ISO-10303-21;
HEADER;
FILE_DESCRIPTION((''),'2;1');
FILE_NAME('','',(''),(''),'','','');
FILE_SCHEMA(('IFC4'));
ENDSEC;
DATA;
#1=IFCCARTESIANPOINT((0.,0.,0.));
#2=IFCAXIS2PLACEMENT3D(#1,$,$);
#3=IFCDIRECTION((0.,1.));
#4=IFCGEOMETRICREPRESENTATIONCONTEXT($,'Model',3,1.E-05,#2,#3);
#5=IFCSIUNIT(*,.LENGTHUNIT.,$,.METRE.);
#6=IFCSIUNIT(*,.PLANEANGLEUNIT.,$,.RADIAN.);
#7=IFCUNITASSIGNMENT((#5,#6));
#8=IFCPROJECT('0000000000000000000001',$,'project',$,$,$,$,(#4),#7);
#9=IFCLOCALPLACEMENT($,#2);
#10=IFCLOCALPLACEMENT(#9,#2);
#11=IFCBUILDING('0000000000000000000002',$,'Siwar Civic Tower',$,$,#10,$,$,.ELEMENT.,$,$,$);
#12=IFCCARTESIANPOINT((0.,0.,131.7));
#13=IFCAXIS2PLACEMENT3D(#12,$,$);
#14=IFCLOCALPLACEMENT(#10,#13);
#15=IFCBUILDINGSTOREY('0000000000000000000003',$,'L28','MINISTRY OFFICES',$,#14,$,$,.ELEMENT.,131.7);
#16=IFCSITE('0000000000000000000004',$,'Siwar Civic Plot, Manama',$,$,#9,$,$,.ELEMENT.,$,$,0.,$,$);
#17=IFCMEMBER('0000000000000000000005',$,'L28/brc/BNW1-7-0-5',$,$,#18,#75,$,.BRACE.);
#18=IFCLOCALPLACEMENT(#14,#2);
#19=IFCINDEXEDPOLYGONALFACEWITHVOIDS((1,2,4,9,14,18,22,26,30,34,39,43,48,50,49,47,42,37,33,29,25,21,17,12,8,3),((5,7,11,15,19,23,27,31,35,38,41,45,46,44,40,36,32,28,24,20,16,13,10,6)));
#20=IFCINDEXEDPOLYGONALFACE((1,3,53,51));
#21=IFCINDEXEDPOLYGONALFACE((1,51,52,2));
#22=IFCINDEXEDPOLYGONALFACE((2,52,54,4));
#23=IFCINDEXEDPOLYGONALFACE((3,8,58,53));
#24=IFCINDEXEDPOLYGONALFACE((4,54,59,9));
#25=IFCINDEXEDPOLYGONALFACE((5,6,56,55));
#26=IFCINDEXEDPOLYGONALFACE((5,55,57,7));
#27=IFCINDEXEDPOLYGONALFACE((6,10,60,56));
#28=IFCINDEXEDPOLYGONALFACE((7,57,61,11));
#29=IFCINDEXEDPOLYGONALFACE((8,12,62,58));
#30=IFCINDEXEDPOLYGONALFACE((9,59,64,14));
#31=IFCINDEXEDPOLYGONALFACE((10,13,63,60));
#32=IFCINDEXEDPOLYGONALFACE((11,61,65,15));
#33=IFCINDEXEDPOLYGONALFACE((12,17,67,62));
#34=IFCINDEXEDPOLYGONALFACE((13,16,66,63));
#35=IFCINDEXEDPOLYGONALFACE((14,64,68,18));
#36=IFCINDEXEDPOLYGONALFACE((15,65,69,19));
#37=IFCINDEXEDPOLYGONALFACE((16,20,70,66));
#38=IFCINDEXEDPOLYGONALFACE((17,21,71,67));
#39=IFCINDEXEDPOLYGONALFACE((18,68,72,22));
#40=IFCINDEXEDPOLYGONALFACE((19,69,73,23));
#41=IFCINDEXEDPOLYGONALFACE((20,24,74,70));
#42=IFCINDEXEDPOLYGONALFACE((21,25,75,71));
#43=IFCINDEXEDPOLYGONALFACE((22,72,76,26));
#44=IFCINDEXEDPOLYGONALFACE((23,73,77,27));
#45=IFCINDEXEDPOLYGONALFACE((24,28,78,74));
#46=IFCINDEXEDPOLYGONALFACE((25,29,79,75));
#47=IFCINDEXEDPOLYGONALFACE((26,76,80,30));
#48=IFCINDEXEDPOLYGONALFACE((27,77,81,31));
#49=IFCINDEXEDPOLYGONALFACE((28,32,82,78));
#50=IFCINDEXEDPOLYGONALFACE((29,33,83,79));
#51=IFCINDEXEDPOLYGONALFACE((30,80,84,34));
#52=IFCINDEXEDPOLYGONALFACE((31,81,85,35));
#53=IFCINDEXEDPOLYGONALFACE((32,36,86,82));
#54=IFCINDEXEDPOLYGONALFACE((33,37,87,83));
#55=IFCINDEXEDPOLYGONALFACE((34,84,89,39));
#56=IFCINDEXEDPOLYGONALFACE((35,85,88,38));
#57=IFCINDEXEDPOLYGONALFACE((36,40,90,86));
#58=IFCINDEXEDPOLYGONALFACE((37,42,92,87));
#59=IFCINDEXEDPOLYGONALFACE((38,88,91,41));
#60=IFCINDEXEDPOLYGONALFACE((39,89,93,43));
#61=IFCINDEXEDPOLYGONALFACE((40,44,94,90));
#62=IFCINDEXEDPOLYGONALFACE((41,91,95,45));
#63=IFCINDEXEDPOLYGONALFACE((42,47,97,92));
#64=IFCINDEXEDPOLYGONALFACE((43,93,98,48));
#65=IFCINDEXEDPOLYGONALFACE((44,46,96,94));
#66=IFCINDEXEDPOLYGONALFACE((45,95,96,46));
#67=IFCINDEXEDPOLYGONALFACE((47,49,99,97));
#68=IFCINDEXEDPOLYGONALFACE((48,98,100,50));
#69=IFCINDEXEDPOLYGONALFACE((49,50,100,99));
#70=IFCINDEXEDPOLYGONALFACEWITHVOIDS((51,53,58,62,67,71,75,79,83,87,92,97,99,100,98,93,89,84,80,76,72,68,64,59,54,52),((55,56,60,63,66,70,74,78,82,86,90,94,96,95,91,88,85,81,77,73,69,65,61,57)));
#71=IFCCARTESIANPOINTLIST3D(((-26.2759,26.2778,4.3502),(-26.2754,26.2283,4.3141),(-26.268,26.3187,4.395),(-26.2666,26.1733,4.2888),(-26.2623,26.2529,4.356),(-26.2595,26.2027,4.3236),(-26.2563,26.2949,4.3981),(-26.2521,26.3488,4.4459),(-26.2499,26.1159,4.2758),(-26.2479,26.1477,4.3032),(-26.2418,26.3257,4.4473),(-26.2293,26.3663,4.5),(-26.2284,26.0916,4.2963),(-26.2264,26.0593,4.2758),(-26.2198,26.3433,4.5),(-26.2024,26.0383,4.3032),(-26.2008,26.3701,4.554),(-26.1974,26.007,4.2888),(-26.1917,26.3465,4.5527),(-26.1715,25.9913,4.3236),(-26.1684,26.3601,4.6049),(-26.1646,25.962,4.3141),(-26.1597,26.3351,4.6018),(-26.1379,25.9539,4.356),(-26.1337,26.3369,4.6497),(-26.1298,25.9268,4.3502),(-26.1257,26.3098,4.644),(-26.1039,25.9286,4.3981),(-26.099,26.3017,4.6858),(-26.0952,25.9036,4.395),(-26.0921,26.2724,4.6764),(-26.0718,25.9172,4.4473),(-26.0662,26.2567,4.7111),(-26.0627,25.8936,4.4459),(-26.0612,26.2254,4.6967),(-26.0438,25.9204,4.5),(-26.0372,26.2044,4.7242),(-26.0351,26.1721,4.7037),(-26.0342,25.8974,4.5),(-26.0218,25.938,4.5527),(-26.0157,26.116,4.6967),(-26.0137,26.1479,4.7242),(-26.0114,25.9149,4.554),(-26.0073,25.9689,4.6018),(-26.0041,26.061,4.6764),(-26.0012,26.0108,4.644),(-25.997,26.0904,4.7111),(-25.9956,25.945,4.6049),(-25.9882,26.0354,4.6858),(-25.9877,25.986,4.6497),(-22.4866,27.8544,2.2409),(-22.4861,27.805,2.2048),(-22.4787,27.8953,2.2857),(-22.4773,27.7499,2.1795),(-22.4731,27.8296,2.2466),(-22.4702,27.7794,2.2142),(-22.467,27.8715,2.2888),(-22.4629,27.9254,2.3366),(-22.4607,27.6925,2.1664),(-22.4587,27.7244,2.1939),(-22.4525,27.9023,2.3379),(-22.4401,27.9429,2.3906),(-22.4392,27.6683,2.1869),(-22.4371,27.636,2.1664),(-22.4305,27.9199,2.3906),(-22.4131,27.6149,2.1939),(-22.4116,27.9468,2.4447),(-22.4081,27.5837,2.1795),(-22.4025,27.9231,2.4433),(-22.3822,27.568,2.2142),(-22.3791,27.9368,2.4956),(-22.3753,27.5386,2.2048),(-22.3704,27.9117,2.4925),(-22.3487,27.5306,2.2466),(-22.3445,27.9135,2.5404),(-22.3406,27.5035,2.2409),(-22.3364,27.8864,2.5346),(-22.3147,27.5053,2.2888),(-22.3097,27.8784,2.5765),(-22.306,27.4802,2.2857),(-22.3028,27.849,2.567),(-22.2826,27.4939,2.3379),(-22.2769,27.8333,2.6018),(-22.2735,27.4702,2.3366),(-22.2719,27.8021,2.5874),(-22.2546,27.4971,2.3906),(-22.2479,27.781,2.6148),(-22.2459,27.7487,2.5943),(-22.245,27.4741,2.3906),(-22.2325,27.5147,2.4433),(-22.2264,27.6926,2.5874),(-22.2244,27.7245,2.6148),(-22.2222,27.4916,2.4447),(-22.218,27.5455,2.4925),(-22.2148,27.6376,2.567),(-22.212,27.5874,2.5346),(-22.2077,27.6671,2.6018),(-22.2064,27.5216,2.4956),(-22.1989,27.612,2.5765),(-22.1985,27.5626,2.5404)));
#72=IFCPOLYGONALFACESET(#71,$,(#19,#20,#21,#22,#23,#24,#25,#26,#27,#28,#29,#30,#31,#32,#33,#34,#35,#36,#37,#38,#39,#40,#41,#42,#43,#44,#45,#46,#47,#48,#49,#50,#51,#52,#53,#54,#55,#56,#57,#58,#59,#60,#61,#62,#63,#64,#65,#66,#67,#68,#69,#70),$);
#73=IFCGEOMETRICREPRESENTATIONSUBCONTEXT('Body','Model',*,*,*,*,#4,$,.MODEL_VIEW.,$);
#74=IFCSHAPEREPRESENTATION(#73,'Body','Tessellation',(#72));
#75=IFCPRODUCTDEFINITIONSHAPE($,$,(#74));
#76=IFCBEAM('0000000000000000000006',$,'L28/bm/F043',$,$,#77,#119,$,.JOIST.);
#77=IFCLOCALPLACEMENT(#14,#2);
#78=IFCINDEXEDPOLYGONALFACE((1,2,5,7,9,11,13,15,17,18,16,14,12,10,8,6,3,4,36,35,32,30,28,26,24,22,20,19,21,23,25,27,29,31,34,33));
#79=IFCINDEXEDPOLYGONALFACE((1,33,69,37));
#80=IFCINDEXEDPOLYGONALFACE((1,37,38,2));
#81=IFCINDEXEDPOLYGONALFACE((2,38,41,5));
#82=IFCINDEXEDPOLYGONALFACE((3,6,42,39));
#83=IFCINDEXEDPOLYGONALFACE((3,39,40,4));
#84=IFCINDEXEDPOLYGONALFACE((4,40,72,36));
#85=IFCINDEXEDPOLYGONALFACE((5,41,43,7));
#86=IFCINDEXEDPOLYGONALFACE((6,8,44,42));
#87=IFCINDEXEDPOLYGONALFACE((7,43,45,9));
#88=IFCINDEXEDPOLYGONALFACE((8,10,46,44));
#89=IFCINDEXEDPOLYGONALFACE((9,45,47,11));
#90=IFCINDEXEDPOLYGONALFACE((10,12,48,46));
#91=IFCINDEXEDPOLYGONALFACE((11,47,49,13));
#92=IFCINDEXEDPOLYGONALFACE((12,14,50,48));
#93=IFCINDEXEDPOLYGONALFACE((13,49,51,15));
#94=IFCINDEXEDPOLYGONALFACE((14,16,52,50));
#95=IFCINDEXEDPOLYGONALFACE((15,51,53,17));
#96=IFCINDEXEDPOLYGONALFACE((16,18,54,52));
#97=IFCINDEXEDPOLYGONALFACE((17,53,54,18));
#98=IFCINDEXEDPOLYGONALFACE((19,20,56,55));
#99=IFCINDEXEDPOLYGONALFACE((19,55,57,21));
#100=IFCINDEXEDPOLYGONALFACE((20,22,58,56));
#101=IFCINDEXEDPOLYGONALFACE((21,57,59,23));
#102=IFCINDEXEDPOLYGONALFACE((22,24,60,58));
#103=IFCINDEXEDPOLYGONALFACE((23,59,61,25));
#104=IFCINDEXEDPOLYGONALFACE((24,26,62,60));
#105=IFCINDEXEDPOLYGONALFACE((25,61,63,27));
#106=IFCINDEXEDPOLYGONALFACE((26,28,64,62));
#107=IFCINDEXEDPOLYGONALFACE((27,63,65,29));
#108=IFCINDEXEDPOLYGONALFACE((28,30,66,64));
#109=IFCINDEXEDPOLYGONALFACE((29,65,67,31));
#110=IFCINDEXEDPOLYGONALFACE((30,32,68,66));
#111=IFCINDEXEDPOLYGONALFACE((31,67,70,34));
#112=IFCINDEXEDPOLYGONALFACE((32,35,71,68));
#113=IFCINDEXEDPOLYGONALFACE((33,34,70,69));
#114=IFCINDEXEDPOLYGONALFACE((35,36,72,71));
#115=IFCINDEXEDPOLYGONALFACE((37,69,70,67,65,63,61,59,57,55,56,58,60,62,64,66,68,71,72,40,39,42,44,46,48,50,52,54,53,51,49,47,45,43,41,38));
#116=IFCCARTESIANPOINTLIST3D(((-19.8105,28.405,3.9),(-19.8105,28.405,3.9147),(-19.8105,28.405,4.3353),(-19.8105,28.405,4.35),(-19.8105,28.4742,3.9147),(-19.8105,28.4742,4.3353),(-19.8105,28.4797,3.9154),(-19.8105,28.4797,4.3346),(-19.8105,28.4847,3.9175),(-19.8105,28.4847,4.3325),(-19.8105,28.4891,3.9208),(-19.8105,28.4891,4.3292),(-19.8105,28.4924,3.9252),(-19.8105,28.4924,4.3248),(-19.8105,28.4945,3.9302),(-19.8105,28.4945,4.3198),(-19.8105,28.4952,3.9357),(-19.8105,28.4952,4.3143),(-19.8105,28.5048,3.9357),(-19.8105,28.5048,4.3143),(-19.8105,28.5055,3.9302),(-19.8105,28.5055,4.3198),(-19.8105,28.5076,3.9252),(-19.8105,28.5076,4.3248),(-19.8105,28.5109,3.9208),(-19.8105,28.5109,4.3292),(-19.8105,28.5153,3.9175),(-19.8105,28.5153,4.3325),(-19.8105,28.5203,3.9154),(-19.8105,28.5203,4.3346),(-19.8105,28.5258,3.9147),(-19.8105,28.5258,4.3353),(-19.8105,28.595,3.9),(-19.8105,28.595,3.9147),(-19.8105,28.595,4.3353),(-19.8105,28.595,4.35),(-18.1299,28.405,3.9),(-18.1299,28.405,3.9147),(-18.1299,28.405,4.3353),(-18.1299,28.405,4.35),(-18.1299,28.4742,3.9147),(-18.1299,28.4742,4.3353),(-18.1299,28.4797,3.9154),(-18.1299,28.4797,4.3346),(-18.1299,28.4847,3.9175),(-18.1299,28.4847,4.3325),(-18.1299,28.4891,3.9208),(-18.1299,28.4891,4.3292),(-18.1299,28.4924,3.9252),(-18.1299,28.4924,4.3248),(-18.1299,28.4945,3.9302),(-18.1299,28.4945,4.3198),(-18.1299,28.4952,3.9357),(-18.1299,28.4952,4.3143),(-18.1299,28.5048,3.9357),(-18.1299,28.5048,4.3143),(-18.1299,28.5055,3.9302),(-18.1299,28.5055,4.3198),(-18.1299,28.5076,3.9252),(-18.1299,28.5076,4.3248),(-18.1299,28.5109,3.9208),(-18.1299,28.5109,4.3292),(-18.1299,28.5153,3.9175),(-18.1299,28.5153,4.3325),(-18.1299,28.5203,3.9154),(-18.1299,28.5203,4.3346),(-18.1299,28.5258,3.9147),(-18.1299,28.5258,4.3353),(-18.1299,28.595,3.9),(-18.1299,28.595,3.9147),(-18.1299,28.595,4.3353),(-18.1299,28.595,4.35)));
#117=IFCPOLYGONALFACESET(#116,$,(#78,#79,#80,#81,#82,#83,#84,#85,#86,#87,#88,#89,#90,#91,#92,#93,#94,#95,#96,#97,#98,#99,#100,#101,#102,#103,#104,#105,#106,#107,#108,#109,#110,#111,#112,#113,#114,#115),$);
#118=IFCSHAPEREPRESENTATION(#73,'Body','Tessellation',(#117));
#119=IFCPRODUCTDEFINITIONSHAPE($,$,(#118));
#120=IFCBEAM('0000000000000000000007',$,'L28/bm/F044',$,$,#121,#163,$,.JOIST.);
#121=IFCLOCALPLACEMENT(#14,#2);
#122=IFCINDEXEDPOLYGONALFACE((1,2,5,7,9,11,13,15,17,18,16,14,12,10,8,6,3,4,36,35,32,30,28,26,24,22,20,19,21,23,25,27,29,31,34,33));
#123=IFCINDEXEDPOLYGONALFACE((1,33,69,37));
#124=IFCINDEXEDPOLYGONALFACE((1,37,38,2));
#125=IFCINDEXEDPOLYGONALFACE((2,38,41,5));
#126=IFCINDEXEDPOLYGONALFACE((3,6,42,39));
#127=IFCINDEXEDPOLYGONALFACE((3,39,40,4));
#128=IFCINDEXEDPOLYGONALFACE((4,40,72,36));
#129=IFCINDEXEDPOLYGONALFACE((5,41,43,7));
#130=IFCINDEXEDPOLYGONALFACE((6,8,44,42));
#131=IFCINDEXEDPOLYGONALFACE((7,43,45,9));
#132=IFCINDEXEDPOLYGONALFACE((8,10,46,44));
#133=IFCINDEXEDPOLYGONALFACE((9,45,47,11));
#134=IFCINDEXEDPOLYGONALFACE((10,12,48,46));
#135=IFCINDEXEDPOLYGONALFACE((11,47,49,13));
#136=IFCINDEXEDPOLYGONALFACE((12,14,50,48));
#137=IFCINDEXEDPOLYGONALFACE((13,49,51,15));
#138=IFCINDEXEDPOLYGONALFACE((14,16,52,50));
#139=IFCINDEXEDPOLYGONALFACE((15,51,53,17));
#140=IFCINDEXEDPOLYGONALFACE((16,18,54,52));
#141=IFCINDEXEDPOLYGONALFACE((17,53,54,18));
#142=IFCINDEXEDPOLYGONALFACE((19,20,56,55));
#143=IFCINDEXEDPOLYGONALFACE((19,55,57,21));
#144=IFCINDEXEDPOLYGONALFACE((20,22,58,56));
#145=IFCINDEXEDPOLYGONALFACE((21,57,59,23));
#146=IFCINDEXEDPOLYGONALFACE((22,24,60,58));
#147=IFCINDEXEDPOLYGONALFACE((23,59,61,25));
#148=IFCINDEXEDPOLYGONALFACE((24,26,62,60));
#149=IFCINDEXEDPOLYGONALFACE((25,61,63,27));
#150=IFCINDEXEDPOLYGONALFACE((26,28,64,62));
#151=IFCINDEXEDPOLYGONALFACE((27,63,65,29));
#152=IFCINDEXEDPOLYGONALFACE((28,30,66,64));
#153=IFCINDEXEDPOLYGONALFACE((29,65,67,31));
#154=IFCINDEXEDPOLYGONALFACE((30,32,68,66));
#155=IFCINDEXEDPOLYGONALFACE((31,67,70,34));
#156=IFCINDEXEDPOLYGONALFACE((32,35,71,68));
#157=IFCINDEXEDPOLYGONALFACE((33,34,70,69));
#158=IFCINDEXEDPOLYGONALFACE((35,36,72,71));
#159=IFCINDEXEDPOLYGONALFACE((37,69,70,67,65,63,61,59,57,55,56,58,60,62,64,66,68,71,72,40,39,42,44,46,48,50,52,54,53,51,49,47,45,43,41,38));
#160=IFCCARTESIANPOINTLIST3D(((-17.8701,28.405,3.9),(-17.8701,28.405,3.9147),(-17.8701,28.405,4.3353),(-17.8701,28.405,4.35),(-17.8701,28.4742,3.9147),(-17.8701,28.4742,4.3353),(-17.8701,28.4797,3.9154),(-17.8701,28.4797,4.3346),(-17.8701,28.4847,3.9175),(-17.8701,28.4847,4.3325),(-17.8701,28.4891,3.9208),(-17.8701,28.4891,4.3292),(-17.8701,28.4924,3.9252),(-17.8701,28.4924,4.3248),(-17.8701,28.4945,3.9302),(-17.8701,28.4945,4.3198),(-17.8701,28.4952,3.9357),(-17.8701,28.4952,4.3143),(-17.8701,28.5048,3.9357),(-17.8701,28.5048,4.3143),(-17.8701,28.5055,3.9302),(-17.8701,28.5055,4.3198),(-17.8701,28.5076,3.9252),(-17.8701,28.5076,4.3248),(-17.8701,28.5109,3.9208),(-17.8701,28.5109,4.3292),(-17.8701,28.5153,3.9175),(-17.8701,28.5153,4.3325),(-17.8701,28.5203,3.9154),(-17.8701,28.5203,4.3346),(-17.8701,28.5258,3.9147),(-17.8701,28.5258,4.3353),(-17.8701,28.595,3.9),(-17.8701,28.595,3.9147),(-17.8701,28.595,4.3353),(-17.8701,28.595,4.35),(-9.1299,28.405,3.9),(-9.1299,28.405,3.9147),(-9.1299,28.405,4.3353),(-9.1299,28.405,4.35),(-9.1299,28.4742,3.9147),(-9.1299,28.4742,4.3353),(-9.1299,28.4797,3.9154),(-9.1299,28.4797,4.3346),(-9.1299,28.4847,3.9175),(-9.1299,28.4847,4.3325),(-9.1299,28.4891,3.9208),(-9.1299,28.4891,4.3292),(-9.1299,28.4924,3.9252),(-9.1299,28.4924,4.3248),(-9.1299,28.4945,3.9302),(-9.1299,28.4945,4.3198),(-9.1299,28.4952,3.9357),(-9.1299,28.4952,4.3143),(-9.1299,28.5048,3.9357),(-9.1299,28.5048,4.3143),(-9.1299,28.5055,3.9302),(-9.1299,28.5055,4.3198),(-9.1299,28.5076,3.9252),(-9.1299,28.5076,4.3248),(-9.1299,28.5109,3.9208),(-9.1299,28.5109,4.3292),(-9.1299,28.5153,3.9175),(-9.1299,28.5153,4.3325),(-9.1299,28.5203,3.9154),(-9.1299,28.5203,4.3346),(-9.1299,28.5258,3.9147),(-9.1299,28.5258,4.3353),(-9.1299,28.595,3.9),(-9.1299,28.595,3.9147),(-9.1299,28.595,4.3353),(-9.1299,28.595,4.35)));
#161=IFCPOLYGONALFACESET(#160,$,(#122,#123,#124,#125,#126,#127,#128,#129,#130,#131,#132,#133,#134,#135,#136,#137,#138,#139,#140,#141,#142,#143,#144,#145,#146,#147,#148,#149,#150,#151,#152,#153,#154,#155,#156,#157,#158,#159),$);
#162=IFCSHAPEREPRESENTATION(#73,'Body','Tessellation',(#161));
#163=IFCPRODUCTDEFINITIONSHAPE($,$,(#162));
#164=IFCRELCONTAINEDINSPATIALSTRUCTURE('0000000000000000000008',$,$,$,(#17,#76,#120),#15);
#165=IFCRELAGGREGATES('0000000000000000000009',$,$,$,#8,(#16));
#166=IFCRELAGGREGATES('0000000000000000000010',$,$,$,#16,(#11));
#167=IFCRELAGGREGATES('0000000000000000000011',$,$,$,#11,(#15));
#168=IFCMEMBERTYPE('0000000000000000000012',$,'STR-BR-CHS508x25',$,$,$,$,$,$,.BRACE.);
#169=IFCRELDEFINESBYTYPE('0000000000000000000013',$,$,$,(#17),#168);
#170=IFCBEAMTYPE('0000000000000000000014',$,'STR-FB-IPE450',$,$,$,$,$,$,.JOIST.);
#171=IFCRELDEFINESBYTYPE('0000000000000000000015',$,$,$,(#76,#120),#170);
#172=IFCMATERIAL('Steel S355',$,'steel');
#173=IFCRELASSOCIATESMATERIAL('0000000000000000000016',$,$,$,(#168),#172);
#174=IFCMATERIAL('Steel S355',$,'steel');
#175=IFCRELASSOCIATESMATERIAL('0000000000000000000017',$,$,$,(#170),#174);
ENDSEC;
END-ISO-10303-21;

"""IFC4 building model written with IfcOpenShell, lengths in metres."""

from ifc_helpers import new_model, si_unit, direction, frame, origin, origin_2d, place, context, subcontext, project, spatial, hollow_circle, i_section, extrude, material, material_profile, profile_set, type_object, element, save


model = new_model("IFC4")

# Units and contexts
model_context = context("Model", 3, precision=1e-05, world=origin(), true_north=direction((0.0, 1.0)))
body_context = subcontext(model_context, "Body", "Model", "MODEL_VIEW")
ifc_project = project(units=[si_unit("LENGTHUNIT", "METRE"), si_unit("PLANEANGLEUNIT", "RADIAN")], contexts=[model_context])

# Site, building, storey
site_placement = place(None, origin())
site = spatial("IfcSite", under=ifc_project, at=site_placement, Name="Siwar Civic Plot, Manama", CompositionType="ELEMENT", RefElevation=0.0)
building_placement = place(site_placement, origin())
building = spatial("IfcBuilding", under=site, at=building_placement, Name="Siwar Civic Tower", CompositionType="ELEMENT")
storey_placement = place(building_placement, frame((0.0, 0.0, 131.7)))
storey = spatial("IfcBuildingStorey", under=building, at=storey_placement, Name="L28", Description="MINISTRY OFFICES", CompositionType="ELEMENT", Elevation=131.7)

# Member
ifc_material_1 = material(Name="Steel S355", Category="steel")
ifc_material_profile_1 = material_profile(ifc_material_1, hollow_circle(Radius=0.2539, WallThickness=0.0249, at=origin_2d()), Name="CHS508x25")
ifc_profile_set_1 = profile_set([ifc_material_profile_1], Name="Steel S355")
member_type_1 = type_object("IfcMemberType", Name="STR-BR-CHS508x25", PredefinedType="BRACE", material=ifc_profile_set_1)
for number, where, z_axis, x_axis, name in (
    (1, (-22.3425, 27.7085, 2.3906), (-0.821163, -0.341671, 0.457113), (0.384155, -0.923269, 0.0), "L28/brc/BNW1-7-0-5"),
):
    element("IfcMember", number, at=place(storey_placement, frame(where, z_axis=z_axis, x_axis=x_axis)), inside=storey, type_object=member_type_1, Name=name, PredefinedType="BRACE", context=body_context, shape_type="SweptSolid", body=[
        extrude(hollow_circle(Radius=0.2539, WallThickness=0.0249, at=origin_2d()), origin(), (0.0, 0.0, 1.0), 4.6145),
    ])

# Beams
ifc_material_2 = material(Name="Steel S355", Category="steel")
ifc_material_profile_2 = material_profile(ifc_material_2, i_section(OverallWidth=0.1899, OverallDepth=0.45, WebThickness=0.0095, FlangeThickness=0.0146, FilletRadius=0.021, at=origin_2d()), Name="IPE450")
ifc_profile_set_2 = profile_set([ifc_material_profile_2], Name="Steel S355")
beam_type_1 = type_object("IfcBeamType", Name="STR-FB-IPE450", PredefinedType="JOIST", material=ifc_profile_set_2)
beam_1_placement = place(storey_placement, frame((-19.8105, 28.5, 4.125), z_axis=(1.0, 0.0, 0.0), x_axis=(0.0, 1.0, 0.0)))
element("IfcBeam", 2, at=beam_1_placement, inside=storey, type_object=beam_type_1, Name="L28/bm/F043", PredefinedType="JOIST", context=body_context, shape_type="SweptSolid", body=[
    extrude(i_section(OverallWidth=0.1899, OverallDepth=0.45, WebThickness=0.0095, FlangeThickness=0.0146, FilletRadius=0.021, at=origin_2d()), origin(), (0.0, 0.0, 1.0), 1.6807),
])
beam_2_placement = place(storey_placement, frame((-17.8701, 28.5, 4.125), z_axis=(1.0, 0.0, 0.0), x_axis=(0.0, 1.0, 0.0)))
element("IfcBeam", 3, at=beam_2_placement, inside=storey, type_object=beam_type_1, Name="L28/bm/F044", PredefinedType="JOIST", context=body_context, shape_type="SweptSolid", body=[
    extrude(i_section(OverallWidth=0.1899, OverallDepth=0.45, WebThickness=0.0095, FlangeThickness=0.0146, FilletRadius=0.021, at=origin_2d()), origin(), (0.0, 0.0, 1.0), 8.7402),
])

save(model, "model.ifc")
